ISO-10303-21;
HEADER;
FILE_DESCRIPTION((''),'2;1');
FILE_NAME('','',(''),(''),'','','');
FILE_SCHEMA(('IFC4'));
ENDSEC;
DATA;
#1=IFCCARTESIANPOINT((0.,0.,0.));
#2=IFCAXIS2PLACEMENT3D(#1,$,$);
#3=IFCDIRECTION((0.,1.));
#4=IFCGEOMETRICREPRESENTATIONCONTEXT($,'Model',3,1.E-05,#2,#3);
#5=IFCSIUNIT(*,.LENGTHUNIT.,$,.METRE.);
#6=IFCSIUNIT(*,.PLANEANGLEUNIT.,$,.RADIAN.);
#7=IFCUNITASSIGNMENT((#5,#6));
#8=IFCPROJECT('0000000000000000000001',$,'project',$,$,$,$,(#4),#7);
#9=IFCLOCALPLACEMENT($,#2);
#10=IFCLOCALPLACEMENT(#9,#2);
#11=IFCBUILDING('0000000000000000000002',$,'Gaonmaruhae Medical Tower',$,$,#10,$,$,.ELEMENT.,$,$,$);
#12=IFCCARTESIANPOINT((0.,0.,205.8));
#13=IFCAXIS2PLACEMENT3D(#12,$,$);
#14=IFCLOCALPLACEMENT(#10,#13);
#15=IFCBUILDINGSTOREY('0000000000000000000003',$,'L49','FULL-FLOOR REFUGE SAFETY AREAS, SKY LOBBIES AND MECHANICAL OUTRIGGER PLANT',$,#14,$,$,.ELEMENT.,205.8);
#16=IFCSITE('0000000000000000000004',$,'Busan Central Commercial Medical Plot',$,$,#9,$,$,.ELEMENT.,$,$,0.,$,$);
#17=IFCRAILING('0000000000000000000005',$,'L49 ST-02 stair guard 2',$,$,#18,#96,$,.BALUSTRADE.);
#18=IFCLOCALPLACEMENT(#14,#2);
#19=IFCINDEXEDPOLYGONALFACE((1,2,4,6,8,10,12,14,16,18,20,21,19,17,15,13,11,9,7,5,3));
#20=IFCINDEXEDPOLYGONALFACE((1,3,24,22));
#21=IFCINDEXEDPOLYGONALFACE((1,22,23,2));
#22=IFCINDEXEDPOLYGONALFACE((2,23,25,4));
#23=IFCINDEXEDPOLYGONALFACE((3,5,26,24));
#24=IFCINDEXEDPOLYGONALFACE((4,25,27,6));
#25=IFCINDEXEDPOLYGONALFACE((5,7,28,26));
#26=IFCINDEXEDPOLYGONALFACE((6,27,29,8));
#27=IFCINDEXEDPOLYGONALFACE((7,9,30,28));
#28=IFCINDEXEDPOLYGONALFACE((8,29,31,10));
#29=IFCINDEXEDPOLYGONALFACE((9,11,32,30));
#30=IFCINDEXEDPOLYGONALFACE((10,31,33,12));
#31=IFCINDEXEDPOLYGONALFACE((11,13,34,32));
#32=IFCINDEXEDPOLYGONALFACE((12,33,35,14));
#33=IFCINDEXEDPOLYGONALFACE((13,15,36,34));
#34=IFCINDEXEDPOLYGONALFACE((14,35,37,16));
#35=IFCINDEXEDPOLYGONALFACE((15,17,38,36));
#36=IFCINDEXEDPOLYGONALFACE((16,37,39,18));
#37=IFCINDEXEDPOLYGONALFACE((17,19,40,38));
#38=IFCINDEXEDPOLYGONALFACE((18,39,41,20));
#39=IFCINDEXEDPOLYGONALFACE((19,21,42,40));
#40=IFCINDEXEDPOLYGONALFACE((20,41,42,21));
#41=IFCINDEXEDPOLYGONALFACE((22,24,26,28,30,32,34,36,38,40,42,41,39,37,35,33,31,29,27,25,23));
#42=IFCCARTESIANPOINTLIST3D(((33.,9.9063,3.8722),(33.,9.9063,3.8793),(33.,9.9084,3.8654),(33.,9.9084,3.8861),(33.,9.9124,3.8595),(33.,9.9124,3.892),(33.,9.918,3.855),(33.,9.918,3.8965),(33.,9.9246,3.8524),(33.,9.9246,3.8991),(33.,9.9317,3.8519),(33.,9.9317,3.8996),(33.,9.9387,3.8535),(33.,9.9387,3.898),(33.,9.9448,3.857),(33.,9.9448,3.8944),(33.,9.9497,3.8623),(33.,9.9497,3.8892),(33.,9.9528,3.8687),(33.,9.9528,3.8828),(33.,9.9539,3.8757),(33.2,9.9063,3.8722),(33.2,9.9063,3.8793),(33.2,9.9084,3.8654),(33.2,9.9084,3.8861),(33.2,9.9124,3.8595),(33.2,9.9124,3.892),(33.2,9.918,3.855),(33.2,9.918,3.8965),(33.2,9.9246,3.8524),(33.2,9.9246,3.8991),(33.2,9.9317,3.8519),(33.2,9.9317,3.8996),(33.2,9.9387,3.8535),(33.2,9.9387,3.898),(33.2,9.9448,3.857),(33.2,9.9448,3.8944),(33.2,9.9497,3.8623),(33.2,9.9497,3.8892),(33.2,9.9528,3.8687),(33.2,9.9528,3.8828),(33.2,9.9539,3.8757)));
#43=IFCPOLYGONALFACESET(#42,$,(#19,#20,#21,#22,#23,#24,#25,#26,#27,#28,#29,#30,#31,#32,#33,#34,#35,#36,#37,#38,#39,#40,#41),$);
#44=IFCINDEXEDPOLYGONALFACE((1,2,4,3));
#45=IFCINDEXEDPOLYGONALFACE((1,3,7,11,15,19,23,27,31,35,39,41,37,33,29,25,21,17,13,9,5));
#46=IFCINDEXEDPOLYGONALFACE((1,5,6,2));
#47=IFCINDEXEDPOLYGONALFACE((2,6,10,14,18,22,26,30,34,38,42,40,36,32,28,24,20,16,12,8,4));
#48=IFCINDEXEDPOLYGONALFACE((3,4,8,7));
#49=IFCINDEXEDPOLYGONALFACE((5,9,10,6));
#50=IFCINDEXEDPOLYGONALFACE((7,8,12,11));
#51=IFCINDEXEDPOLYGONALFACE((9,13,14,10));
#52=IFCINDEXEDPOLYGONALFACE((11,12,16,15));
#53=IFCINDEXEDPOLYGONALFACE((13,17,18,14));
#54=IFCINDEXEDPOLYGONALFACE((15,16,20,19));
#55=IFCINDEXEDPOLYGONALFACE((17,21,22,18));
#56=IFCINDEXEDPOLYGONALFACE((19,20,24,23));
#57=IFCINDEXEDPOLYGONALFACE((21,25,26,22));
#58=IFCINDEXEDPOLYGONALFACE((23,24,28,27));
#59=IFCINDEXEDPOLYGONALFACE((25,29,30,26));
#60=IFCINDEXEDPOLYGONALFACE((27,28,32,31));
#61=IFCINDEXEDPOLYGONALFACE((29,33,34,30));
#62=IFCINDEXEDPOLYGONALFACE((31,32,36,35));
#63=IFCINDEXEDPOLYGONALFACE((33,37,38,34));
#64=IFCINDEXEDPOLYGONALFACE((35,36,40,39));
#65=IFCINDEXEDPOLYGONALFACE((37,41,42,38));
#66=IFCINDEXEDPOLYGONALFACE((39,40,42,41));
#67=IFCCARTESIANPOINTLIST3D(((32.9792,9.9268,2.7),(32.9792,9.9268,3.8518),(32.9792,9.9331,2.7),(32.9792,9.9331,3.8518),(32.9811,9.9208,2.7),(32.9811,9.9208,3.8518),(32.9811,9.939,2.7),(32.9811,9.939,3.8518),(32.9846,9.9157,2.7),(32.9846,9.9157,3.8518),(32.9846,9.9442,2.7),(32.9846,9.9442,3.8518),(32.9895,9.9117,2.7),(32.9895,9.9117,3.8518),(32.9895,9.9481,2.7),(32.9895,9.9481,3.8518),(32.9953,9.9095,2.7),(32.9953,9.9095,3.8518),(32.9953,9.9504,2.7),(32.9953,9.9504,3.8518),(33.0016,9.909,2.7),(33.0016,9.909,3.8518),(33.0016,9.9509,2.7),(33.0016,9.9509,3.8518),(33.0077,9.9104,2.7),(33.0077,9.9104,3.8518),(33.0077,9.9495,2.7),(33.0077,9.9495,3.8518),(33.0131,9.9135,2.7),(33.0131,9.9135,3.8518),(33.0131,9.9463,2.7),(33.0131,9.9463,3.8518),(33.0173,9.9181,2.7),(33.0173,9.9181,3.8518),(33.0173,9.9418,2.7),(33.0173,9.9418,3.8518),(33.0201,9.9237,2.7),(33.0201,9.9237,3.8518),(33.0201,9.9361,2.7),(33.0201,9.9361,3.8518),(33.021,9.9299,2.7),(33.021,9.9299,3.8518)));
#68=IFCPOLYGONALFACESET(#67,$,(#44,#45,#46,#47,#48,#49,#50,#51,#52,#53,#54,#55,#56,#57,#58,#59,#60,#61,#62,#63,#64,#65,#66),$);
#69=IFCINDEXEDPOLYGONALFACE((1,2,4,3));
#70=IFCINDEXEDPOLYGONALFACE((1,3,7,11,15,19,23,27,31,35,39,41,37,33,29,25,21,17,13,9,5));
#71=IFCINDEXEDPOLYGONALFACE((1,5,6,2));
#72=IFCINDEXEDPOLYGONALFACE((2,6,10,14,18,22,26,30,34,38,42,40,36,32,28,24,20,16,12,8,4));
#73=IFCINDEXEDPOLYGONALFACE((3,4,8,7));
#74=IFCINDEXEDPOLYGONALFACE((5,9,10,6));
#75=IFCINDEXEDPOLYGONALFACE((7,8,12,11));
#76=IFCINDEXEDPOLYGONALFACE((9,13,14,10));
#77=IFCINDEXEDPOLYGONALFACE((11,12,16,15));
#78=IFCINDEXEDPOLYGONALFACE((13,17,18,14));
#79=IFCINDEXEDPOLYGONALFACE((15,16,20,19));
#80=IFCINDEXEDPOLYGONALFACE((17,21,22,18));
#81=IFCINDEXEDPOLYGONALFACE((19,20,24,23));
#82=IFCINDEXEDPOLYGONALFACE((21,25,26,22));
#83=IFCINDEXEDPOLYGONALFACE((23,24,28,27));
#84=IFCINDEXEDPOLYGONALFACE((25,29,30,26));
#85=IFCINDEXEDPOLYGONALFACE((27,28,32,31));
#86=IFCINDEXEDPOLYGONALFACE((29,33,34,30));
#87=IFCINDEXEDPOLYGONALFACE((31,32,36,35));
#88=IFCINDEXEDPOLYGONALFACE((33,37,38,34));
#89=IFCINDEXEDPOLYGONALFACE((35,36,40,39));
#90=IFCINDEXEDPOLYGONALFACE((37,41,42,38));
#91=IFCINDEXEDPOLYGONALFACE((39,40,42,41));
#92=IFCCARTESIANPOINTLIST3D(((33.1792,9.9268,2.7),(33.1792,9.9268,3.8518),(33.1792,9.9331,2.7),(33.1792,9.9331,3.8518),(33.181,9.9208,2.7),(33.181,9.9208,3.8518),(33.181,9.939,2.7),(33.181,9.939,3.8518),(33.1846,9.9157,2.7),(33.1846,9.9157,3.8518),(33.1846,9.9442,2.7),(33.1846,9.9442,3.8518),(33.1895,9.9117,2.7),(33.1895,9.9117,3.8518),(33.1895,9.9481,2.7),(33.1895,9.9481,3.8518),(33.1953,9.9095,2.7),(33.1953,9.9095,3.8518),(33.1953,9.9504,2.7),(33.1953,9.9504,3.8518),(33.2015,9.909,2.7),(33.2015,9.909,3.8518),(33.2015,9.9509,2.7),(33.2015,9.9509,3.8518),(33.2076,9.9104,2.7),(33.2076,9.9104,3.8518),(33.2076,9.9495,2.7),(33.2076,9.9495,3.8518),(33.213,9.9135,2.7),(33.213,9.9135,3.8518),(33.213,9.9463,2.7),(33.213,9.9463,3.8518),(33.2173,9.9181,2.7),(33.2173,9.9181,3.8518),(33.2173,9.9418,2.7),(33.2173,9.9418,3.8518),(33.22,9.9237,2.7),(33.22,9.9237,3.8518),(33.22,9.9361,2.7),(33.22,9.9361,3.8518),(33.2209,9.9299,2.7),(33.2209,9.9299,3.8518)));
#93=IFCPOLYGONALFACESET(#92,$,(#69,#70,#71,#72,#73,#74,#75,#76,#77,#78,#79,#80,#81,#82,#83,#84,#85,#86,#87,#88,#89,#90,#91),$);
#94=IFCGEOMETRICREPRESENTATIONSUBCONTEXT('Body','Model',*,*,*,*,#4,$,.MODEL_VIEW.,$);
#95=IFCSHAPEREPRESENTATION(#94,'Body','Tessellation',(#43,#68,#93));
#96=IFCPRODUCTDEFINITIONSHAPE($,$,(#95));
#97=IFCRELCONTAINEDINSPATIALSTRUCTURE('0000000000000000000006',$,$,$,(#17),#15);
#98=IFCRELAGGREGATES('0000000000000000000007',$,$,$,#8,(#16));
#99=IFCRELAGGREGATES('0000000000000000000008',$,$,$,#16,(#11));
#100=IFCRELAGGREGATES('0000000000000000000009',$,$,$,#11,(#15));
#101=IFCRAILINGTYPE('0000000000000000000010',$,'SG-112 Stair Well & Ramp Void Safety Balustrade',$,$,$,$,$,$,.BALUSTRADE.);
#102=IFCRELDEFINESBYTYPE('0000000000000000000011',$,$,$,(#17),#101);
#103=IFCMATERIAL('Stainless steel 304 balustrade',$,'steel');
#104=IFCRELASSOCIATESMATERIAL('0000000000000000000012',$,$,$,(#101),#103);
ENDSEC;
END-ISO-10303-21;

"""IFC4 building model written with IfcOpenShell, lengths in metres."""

from ifc_helpers import new_model, si_unit, direction, frame, origin, origin_2d, place, context, subcontext, project, spatial, circle, extrude, material, type_object, element, save


model = new_model("IFC4")

# Units and contexts
model_context = context("Model", 3, precision=1e-05, world=origin(), true_north=direction((0.0, 1.0)))
body_context = subcontext(model_context, "Body", "Model", "MODEL_VIEW")
ifc_project = project(units=[si_unit("LENGTHUNIT", "METRE"), si_unit("PLANEANGLEUNIT", "RADIAN")], contexts=[model_context])

# Site, building, storey
site_placement = place(None, origin())
site = spatial("IfcSite", under=ifc_project, at=site_placement, Name="Busan Central Commercial Medical Plot", CompositionType="ELEMENT", RefElevation=0.0)
building_placement = place(site_placement, origin())
building = spatial("IfcBuilding", under=site, at=building_placement, Name="Gaonmaruhae Medical Tower", CompositionType="ELEMENT")
storey_placement = place(building_placement, frame((0.0, 0.0, 205.8)))
storey = spatial("IfcBuildingStorey", under=building, at=storey_placement, Name="L49", Description="FULL-FLOOR REFUGE SAFETY AREAS, SKY LOBBIES AND MECHANICAL OUTRIGGER PLANT", CompositionType="ELEMENT", Elevation=205.8)

# Railing
ifc_material_1 = material(Name="Stainless steel 304 balustrade", Category="steel")
railing_type_1 = type_object("IfcRailingType", Name="SG-112 Stair Well & Ramp Void Safety Balustrade", PredefinedType="BALUSTRADE", material=ifc_material_1)
railing_1_placement = place(storey_placement, frame((33.0, 9.9299, 2.7)))
element("IfcRailing", 1, at=railing_1_placement, inside=storey, type_object=railing_type_1, Name="L49 ST-02 stair guard 2", PredefinedType="BALUSTRADE", context=body_context, shape_type="SweptSolid", body=[
    extrude(circle(Radius=0.0239, at=origin_2d()), frame((0.0, 0.0, 1.1758), z_axis=(1.0, 0.0, 0.0), x_axis=(0.0, 1.0, 0.0)), (0.0, 0.0, 1.0), 0.2),
    extrude(circle(Radius=0.021, at=origin_2d()), origin(), (0.0, 0.0, 1.0), 1.1519),
    extrude(circle(Radius=0.021, at=origin_2d()), frame((0.2, 0.0, 0.0)), (0.0, 0.0, 1.0), 1.1519),
])

save(model, "model.ifc")
